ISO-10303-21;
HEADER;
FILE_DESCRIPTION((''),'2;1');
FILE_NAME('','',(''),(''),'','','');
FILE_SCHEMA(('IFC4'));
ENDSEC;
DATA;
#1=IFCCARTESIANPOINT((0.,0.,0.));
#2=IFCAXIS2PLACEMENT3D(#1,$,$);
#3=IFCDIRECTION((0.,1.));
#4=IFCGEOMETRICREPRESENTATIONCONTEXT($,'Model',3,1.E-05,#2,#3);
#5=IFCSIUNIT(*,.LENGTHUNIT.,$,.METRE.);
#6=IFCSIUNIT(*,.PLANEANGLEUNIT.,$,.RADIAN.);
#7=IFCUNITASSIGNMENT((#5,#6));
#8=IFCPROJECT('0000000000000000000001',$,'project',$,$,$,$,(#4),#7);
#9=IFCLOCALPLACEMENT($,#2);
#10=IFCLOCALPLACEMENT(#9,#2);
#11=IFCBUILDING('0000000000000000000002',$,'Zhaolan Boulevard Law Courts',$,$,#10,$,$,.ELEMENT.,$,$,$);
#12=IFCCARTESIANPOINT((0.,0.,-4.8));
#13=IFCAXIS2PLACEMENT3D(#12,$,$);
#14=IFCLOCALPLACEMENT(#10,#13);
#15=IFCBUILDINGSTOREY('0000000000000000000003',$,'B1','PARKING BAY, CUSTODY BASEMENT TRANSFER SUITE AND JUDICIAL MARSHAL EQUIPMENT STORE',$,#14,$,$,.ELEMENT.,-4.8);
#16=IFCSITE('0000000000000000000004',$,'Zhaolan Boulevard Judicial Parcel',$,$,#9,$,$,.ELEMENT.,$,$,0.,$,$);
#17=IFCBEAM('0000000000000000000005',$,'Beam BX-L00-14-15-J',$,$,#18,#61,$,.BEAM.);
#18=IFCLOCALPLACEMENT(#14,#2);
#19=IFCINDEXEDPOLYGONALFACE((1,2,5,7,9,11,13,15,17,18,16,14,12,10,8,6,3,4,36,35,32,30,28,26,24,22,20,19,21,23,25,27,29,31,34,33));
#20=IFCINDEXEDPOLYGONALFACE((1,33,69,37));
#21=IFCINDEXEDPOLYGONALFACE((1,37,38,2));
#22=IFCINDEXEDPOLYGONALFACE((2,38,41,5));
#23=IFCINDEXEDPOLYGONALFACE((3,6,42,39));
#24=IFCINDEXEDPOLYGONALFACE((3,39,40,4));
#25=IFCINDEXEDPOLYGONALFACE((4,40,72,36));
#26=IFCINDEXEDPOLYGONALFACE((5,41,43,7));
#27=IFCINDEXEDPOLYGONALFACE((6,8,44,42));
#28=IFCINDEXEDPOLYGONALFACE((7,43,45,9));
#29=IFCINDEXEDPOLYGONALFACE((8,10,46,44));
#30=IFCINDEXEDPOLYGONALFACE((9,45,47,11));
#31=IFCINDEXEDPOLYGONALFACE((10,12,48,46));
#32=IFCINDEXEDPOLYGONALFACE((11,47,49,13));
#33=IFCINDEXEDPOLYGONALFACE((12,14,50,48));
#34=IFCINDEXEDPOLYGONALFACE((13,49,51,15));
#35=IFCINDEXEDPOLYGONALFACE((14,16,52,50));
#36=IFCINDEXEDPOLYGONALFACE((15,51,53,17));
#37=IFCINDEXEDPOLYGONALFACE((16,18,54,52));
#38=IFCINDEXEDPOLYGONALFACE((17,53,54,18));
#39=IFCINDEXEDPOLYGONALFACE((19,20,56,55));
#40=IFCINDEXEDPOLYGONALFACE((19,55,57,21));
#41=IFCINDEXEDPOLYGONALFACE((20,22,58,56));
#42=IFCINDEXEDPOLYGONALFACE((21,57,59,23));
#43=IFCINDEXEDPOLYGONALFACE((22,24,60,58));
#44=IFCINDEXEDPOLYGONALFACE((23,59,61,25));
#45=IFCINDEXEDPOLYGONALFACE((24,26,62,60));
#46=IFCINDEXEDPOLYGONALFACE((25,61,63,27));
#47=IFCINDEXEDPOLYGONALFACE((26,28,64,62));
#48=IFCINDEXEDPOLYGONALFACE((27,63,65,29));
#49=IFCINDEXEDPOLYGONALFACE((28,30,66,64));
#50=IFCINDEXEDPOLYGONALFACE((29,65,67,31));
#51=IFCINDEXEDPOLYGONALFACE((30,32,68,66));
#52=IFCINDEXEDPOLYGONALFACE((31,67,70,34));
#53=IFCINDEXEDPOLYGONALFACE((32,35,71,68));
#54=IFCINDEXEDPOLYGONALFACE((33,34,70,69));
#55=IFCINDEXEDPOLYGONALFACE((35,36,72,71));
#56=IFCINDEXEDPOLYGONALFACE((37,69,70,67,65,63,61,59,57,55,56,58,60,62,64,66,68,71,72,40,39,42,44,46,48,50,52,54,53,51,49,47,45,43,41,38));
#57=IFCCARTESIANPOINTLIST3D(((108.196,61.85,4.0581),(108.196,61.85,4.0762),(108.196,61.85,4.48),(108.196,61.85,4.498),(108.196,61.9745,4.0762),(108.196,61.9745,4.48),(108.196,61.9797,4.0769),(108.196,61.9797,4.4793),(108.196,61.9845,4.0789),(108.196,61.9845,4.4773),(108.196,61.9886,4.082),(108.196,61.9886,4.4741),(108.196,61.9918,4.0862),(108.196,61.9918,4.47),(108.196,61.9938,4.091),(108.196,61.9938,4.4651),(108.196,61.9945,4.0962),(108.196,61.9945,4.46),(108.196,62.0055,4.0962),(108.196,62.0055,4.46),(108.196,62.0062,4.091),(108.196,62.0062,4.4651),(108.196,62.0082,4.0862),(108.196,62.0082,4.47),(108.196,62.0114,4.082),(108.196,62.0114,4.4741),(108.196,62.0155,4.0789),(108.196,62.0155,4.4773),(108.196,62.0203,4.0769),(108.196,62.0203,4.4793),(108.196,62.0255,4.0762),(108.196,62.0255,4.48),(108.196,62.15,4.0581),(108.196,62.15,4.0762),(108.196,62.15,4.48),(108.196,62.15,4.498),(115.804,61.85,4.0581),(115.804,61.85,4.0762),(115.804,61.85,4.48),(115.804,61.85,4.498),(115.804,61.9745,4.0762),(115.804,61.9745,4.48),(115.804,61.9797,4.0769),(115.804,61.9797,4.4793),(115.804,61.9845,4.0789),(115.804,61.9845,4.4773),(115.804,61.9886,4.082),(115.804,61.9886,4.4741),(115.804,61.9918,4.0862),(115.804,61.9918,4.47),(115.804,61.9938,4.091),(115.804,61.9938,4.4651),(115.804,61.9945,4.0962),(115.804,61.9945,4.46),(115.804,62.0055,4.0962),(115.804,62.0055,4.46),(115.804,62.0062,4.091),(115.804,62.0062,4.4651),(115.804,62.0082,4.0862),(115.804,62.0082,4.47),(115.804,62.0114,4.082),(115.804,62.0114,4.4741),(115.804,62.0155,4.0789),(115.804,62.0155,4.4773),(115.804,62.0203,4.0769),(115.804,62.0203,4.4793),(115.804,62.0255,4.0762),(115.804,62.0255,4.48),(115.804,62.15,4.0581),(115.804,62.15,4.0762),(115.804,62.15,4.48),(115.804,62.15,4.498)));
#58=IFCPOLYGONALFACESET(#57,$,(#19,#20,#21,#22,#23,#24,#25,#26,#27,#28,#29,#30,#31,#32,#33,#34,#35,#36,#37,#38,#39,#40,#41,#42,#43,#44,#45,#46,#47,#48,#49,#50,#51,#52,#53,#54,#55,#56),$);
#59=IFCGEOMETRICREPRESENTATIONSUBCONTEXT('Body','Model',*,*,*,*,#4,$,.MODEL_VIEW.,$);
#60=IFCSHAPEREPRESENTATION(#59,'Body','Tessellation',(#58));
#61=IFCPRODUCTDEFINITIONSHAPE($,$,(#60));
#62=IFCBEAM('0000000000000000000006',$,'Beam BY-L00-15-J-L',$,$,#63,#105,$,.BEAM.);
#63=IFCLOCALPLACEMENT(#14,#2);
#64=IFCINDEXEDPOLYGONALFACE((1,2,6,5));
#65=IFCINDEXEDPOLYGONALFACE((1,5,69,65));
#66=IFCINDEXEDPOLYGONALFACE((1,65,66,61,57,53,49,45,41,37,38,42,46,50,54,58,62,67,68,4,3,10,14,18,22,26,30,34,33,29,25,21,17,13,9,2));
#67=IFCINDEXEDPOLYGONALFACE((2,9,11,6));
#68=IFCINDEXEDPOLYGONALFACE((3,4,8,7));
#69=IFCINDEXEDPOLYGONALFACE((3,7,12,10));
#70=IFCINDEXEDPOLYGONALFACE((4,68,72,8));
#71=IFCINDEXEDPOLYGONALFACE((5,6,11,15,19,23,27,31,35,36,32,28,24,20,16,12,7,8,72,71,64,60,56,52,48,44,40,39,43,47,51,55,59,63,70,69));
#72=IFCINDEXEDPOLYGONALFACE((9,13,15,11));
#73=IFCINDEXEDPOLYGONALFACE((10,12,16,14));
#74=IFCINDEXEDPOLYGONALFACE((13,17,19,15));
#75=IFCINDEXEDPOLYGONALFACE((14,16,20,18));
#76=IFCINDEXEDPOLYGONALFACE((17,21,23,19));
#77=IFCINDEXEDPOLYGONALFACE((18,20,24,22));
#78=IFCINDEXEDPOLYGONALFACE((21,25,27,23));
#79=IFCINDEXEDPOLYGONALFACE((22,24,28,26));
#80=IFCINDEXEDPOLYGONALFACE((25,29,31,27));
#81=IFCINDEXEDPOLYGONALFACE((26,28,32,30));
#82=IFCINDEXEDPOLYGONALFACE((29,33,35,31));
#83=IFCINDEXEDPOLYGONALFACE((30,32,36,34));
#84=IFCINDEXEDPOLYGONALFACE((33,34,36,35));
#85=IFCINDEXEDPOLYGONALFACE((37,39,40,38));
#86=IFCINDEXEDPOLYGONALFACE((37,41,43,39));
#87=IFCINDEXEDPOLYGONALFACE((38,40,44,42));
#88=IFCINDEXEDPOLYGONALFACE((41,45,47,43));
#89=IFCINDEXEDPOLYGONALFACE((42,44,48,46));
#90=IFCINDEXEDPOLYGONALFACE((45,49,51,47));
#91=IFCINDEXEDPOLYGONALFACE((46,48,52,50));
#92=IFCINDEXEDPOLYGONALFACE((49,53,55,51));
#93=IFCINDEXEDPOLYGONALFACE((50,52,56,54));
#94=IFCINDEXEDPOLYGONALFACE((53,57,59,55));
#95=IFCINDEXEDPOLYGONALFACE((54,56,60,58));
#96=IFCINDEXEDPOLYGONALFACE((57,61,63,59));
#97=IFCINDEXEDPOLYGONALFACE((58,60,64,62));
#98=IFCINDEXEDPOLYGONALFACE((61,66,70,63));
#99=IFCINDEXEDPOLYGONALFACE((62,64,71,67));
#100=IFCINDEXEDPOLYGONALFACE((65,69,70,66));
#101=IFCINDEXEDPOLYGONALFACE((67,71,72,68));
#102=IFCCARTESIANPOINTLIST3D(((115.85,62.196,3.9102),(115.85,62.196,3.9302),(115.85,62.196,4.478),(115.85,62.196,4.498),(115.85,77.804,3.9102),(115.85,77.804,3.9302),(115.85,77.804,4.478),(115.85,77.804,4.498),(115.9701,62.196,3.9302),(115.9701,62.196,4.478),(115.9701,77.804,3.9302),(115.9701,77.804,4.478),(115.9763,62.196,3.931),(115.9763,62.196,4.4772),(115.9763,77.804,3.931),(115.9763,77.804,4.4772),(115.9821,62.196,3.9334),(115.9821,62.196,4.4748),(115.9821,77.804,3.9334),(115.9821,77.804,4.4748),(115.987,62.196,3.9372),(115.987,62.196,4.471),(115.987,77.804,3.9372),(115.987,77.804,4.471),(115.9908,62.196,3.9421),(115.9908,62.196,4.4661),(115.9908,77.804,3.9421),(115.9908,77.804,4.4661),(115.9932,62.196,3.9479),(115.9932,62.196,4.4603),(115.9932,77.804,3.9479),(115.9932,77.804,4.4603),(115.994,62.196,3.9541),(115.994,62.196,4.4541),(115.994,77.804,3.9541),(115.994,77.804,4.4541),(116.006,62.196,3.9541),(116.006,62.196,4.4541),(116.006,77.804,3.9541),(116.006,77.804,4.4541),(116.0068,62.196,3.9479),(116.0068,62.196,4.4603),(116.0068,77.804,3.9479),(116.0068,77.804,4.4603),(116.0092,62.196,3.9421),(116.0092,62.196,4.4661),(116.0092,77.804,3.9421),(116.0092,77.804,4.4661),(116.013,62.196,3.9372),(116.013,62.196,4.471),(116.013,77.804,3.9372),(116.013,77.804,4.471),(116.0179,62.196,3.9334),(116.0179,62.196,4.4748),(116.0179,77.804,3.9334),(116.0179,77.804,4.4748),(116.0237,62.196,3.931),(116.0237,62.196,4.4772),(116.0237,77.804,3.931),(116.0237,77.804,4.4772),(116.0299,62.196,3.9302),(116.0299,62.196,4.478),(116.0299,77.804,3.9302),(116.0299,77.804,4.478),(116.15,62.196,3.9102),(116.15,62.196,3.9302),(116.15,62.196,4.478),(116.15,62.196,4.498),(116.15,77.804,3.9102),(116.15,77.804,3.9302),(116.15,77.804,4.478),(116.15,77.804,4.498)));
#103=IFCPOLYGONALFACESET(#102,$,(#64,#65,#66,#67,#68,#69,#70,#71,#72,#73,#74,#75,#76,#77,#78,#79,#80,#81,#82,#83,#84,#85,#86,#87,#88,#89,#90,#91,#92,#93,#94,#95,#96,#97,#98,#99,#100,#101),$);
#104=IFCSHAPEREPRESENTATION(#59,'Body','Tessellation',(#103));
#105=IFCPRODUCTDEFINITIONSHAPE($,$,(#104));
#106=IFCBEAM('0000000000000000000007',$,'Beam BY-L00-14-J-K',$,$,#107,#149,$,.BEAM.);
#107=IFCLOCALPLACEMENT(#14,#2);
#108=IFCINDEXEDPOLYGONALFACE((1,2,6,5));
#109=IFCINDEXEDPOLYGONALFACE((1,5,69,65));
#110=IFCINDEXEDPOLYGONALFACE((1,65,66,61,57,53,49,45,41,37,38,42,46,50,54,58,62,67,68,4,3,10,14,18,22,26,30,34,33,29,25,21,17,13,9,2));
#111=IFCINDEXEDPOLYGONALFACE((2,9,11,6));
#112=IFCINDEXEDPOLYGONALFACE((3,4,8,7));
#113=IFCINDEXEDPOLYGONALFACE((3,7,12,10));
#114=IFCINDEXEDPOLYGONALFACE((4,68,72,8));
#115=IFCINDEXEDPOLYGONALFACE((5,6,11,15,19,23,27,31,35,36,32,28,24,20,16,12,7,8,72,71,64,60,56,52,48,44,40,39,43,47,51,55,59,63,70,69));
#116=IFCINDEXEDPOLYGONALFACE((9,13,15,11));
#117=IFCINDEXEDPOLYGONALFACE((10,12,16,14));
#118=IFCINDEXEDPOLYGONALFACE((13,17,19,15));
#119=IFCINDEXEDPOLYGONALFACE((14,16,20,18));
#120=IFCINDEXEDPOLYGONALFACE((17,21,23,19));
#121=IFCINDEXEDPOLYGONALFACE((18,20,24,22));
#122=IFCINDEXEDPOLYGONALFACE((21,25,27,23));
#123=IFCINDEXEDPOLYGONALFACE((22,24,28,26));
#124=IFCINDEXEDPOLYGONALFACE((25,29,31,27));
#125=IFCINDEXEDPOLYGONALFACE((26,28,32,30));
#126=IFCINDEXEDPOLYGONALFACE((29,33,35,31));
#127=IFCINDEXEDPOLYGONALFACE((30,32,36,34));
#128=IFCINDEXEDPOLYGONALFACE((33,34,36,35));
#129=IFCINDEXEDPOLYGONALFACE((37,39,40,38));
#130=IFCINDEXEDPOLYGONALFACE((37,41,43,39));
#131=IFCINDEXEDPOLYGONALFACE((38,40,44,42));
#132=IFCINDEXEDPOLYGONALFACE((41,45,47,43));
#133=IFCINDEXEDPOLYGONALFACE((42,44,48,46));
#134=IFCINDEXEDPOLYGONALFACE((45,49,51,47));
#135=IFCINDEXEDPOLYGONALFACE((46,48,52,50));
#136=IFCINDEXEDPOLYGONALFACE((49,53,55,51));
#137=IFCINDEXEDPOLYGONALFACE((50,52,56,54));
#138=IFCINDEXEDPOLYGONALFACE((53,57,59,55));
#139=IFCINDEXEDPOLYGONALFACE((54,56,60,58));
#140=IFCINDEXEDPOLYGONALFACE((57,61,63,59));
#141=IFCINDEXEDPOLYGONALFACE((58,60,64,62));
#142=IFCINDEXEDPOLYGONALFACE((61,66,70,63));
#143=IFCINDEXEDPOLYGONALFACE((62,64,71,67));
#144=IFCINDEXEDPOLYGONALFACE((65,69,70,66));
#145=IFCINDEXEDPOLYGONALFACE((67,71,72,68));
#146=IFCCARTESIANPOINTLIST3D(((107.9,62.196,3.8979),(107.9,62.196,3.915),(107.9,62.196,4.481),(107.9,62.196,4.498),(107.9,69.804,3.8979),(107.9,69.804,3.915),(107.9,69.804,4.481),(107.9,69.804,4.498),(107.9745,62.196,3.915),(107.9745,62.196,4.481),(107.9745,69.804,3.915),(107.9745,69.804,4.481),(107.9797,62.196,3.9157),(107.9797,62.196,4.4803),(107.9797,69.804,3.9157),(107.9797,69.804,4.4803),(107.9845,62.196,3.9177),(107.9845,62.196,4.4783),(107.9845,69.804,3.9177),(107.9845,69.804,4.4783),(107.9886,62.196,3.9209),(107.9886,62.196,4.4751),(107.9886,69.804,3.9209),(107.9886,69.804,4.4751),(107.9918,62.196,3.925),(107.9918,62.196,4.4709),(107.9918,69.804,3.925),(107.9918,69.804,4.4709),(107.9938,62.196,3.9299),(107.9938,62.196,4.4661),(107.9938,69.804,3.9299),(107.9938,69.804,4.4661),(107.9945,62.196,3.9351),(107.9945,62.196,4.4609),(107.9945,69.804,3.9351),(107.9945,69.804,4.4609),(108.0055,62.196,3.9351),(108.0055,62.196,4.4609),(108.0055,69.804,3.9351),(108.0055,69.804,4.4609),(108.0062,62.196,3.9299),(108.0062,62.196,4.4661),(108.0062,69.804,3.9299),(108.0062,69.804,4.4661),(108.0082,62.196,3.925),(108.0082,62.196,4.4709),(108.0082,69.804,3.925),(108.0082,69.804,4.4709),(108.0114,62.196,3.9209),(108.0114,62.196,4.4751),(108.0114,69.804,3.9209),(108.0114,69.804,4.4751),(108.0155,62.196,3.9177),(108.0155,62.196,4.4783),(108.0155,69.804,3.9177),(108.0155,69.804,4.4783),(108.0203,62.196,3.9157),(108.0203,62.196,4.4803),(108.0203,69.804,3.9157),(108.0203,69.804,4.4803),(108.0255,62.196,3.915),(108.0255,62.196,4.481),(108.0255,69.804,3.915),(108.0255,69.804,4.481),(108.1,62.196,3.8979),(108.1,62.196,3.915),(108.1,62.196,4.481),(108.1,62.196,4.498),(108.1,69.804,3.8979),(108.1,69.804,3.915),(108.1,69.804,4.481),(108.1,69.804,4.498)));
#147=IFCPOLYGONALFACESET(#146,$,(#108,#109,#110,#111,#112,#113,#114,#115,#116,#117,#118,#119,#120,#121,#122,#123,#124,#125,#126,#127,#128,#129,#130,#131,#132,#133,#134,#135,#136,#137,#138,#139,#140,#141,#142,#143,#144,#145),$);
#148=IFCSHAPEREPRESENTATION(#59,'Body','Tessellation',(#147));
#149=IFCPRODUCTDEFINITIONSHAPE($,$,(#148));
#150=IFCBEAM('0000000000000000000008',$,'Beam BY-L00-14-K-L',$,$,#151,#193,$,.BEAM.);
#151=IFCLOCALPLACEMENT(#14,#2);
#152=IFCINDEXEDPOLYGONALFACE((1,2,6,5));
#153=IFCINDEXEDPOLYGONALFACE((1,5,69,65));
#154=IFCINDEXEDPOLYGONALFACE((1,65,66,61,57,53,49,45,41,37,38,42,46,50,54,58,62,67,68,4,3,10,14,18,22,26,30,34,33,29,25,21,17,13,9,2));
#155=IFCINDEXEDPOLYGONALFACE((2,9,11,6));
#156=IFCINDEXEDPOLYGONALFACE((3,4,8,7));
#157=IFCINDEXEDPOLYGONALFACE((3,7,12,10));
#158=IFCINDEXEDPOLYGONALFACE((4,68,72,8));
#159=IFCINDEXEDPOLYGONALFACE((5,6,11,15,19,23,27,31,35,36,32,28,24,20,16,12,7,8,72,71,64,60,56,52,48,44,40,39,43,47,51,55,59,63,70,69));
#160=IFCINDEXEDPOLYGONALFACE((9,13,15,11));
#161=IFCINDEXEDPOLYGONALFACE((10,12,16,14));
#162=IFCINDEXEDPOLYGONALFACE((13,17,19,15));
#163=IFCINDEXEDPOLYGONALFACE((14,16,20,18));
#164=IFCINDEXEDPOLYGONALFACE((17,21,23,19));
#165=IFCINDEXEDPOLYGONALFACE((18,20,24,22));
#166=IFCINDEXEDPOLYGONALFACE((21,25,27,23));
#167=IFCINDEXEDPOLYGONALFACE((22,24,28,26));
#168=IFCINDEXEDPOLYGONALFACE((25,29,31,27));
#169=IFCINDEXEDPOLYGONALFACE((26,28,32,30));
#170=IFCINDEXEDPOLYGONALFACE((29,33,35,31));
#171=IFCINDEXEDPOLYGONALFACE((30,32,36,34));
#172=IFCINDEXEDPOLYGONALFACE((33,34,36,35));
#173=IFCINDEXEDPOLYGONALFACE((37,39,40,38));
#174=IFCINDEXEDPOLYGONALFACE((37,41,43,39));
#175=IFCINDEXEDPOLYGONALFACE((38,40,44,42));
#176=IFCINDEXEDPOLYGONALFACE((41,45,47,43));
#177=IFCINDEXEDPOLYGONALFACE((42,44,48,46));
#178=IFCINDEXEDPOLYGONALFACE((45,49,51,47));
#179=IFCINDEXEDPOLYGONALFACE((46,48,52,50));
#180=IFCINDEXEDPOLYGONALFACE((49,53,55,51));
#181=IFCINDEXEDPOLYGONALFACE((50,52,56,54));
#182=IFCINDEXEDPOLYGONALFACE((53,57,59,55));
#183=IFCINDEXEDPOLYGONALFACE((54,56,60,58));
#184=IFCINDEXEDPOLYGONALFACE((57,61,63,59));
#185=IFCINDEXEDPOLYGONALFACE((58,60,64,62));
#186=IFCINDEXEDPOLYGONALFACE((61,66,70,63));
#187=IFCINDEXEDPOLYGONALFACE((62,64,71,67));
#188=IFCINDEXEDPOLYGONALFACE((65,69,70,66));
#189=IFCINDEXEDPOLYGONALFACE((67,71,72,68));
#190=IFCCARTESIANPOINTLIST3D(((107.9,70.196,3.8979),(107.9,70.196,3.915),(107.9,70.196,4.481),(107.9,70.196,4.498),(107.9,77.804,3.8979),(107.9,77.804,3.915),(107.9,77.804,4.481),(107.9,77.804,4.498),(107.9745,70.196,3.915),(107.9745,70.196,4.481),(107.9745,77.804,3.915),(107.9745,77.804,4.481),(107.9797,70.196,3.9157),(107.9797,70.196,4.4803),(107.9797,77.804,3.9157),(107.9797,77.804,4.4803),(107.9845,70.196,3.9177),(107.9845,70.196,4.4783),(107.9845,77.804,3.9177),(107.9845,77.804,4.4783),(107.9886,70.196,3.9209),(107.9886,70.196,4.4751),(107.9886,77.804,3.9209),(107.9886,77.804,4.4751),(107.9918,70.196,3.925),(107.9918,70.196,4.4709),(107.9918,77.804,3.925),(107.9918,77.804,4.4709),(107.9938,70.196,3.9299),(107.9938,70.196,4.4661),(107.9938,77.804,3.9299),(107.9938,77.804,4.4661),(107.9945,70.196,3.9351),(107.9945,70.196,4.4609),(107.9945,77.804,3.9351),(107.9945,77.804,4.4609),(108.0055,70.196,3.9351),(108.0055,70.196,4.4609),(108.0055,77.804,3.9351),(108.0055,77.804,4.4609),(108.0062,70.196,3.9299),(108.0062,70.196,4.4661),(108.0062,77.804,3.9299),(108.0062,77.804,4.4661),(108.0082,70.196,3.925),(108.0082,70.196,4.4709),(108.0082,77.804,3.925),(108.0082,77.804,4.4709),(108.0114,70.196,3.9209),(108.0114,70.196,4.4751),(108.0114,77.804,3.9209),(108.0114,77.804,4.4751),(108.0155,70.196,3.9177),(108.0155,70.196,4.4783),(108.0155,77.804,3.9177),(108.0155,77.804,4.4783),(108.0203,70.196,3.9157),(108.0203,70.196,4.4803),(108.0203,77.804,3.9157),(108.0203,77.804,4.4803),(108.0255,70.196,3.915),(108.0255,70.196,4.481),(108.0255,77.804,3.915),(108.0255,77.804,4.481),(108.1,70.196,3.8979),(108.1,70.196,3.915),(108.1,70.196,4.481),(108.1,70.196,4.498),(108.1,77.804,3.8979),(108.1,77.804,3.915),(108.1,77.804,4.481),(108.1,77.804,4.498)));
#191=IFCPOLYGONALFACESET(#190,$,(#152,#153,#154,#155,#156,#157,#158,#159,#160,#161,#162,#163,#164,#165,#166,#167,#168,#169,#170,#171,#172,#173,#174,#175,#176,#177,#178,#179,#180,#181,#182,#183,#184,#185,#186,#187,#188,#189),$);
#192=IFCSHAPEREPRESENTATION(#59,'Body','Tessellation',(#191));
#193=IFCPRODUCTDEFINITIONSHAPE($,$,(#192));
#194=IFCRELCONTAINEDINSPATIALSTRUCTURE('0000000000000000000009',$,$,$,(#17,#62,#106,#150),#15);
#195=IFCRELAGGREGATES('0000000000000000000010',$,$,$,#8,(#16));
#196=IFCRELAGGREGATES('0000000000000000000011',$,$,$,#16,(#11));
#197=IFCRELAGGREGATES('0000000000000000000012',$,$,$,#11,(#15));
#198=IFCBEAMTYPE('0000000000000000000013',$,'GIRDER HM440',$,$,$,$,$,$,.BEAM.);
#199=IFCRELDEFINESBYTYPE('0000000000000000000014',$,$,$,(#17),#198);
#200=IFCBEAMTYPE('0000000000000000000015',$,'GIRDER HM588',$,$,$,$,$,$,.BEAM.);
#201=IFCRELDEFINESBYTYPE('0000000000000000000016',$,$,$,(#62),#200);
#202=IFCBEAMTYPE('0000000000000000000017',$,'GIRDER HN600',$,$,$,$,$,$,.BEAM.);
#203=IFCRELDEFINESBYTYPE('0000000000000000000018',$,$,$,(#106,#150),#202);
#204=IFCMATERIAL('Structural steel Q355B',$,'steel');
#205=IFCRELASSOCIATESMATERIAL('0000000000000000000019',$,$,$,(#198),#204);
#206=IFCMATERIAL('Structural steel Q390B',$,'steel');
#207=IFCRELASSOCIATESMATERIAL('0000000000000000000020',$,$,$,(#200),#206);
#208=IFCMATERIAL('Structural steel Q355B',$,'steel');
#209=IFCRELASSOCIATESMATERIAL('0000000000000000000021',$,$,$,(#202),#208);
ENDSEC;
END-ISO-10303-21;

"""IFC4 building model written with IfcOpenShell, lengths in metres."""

from ifc_helpers import new_model, si_unit, direction, frame, origin, origin_2d, place, context, subcontext, project, spatial, i_section, extrude, material, material_profile, profile_set, type_object, element, save


model = new_model("IFC4")

# Units and contexts
model_context = context("Model", 3, precision=1e-05, world=origin(), true_north=direction((0.0, 1.0)))
body_context = subcontext(model_context, "Body", "Model", "MODEL_VIEW")
ifc_project = project(units=[si_unit("LENGTHUNIT", "METRE"), si_unit("PLANEANGLEUNIT", "RADIAN")], contexts=[model_context])

# Site, building, storey
site_placement = place(None, origin())
site = spatial("IfcSite", under=ifc_project, at=site_placement, Name="Zhaolan Boulevard Judicial Parcel", CompositionType="ELEMENT", RefElevation=0.0)
building_placement = place(site_placement, origin())
building = spatial("IfcBuilding", under=site, at=building_placement, Name="Zhaolan Boulevard Law Courts", CompositionType="ELEMENT")
storey_placement = place(building_placement, frame((0.0, 0.0, -4.8)))
storey = spatial("IfcBuildingStorey", under=building, at=storey_placement, Name="B1", Description="PARKING BAY, CUSTODY BASEMENT TRANSFER SUITE AND JUDICIAL MARSHAL EQUIPMENT STORE", CompositionType="ELEMENT", Elevation=-4.8)

# Beams
ifc_material_1 = material(Name="Structural steel Q355B", Category="steel")
ifc_material_profile_1 = material_profile(ifc_material_1, i_section(OverallWidth=0.3, OverallDepth=0.4399, WebThickness=0.011, FlangeThickness=0.0181, FilletRadius=0.02, at=origin_2d()), Name="HM440x300")
ifc_profile_set_1 = profile_set([ifc_material_profile_1], Name="Structural steel Q355B")
beam_type_1 = type_object("IfcBeamType", Name="GIRDER HM440", PredefinedType="BEAM", material=ifc_profile_set_1)
beam_1_placement = place(storey_placement, frame((108.196, 62.0, 4.2781), z_axis=(1.0, 0.0, 0.0), x_axis=(0.0, 1.0, 0.0)))
element("IfcBeam", 1, at=beam_1_placement, inside=storey, type_object=beam_type_1, Name="Beam BX-L00-14-15-J", PredefinedType="BEAM", context=body_context, shape_type="SweptSolid", body=[
    extrude(i_section(OverallWidth=0.3, OverallDepth=0.4399, WebThickness=0.011, FlangeThickness=0.0181, FilletRadius=0.02, at=origin_2d()), origin(), (0.0, 0.0, 1.0), 7.6079),
])
ifc_material_2 = material(Name="Structural steel Q390B", Category="steel")
ifc_material_profile_2 = material_profile(ifc_material_2, i_section(OverallWidth=0.3, OverallDepth=0.5879, WebThickness=0.012, FlangeThickness=0.02, FilletRadius=0.0239, at=origin_2d()), Name="HM588x300")
ifc_profile_set_2 = profile_set([ifc_material_profile_2], Name="Structural steel Q390B")
beam_type_2 = type_object("IfcBeamType", Name="GIRDER HM588", PredefinedType="BEAM", material=ifc_profile_set_2)
beam_2_placement = place(storey_placement, frame((116.0, 62.196, 4.2041), z_axis=(0.0, 1.0, 0.0), x_axis=(-1.0, 0.0, 0.0)))
element("IfcBeam", 2, at=beam_2_placement, inside=storey, type_object=beam_type_2, Name="Beam BY-L00-15-J-L", PredefinedType="BEAM", context=body_context, shape_type="SweptSolid", body=[
    extrude(i_section(OverallWidth=0.3, OverallDepth=0.5879, WebThickness=0.012, FlangeThickness=0.02, FilletRadius=0.0239, at=origin_2d()), origin(), (0.0, 0.0, 1.0), 15.6079),
])
ifc_material_3 = material(Name="Structural steel Q355B", Category="steel")
ifc_material_profile_3 = material_profile(ifc_material_3, i_section(OverallWidth=0.2, OverallDepth=0.6001, WebThickness=0.011, FlangeThickness=0.0171, FilletRadius=0.02, at=origin_2d()), Name="HN600x200")
ifc_profile_set_3 = profile_set([ifc_material_profile_3], Name="Structural steel Q355B")
beam_type_3 = type_object("IfcBeamType", Name="GIRDER HN600", PredefinedType="BEAM", material=ifc_profile_set_3)
for number, where, z_axis, x_axis, name in (
    (3, (108.0, 62.196, 4.198), (0.0, 1.0, 0.0), (-1.0, 0.0, 0.0), "Beam BY-L00-14-J-K"),
    (4, (108.0, 70.196, 4.198), (0.0, 1.0, 0.0), (-1.0, 0.0, 0.0), "Beam BY-L00-14-K-L"),
):
    element("IfcBeam", number, at=place(storey_placement, frame(where, z_axis=z_axis, x_axis=x_axis)), inside=storey, type_object=beam_type_3, Name=name, PredefinedType="BEAM", context=body_context, shape_type="SweptSolid", body=[
        extrude(i_section(OverallWidth=0.2, OverallDepth=0.6001, WebThickness=0.011, FlangeThickness=0.0171, FilletRadius=0.02, at=origin_2d()), origin(), (0.0, 0.0, 1.0), 7.6079),
    ])

save(model, "model.ifc")
